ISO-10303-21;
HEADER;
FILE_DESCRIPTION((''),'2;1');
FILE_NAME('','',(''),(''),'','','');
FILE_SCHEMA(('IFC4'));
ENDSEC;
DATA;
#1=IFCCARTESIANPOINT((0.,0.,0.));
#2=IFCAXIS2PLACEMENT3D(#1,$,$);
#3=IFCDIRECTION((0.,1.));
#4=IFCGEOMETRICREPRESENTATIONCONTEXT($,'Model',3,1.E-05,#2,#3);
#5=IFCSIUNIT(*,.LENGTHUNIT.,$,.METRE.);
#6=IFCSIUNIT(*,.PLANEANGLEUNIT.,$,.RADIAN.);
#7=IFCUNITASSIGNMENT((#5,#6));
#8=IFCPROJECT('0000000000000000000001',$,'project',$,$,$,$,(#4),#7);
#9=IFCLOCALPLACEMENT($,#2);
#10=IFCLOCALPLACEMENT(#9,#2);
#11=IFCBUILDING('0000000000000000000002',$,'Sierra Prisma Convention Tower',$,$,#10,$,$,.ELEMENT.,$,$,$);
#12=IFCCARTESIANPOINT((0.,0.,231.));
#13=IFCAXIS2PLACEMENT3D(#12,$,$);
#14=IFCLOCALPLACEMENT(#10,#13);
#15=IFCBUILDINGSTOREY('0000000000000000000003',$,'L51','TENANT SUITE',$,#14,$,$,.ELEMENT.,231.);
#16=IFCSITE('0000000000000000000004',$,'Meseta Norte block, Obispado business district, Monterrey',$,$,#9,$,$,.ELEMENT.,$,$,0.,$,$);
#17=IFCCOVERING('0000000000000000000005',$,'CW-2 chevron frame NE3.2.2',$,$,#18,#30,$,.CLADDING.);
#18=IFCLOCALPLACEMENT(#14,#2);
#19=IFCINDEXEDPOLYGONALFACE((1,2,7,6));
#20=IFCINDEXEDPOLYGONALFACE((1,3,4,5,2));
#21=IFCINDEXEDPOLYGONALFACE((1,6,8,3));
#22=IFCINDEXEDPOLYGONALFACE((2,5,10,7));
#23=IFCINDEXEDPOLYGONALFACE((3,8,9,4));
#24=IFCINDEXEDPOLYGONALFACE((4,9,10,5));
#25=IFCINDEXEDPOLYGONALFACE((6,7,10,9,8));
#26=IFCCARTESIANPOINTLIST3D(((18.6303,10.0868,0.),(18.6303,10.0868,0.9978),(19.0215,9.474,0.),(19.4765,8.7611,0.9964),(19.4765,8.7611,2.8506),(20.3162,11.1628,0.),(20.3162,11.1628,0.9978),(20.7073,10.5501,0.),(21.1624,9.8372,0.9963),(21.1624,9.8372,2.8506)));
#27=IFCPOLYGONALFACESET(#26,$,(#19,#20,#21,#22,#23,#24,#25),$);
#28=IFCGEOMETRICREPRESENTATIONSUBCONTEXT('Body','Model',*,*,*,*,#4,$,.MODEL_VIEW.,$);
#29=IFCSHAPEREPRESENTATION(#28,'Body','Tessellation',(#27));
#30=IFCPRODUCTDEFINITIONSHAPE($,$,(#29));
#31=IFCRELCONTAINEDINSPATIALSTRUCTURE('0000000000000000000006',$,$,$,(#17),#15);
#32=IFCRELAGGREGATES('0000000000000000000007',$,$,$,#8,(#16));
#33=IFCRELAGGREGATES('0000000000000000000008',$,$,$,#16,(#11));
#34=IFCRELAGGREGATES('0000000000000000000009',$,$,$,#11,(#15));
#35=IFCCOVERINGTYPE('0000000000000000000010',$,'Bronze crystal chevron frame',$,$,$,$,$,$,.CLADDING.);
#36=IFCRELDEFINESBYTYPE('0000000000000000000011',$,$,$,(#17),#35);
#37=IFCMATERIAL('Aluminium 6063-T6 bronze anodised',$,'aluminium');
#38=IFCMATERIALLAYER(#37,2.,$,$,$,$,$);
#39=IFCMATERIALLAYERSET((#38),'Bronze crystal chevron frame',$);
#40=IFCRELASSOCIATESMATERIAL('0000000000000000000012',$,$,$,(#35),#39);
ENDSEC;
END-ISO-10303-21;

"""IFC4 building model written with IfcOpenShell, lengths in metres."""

from ifc_helpers import new_model, si_unit, direction, frame, origin, place, context, subcontext, project, spatial, polyline, outline, extrude, material, layer, layer_set, type_object, element, save


model = new_model("IFC4")

# Units and contexts
model_context = context("Model", 3, precision=1e-05, world=origin(), true_north=direction((0.0, 1.0)))
body_context = subcontext(model_context, "Body", "Model", "MODEL_VIEW")
ifc_project = project(units=[si_unit("LENGTHUNIT", "METRE"), si_unit("PLANEANGLEUNIT", "RADIAN")], contexts=[model_context])

# Site, building, storey
site_placement = place(None, origin())
site = spatial("IfcSite", under=ifc_project, at=site_placement, Name="Meseta Norte block, Obispado business district, Monterrey", CompositionType="ELEMENT", RefElevation=0.0)
building_placement = place(site_placement, origin())
building = spatial("IfcBuilding", under=site, at=building_placement, Name="Sierra Prisma Convention Tower", CompositionType="ELEMENT")
storey_placement = place(building_placement, frame((0.0, 0.0, 231.0)))
storey = spatial("IfcBuildingStorey", under=building, at=storey_placement, Name="L51", Description="TENANT SUITE", CompositionType="ELEMENT", Elevation=231.0)

# Covering
ifc_material_1 = material(Name="Aluminium 6063-T6 bronze anodised", Category="aluminium")
ifc_layer_1 = layer(ifc_material_1, 2.0)
ifc_layer_set_1 = layer_set([ifc_layer_1], Name="Bronze crystal chevron frame")
covering_type = type_object("IfcCoveringType", Name="Bronze crystal chevron frame", PredefinedType="CLADDING", material=ifc_layer_set_1)
covering_1_placement = place(storey_placement, frame((20.3162, 11.1628, 0.0), z_axis=(0.842922, 0.538035, -0.000009), x_axis=(0.000008, 0.000005, 1.0)))
element("IfcCovering", 1, at=covering_1_placement, inside=storey, type_object=covering_type, Name="CW-2 chevron frame NE3.2.2", PredefinedType="CLADDING", context=body_context, shape_type="SweptSolid", body=[
    extrude(outline(polyline([(0.0, 0.0), (0.9978, 0.0), (2.8506, 1.5727), (0.9963, 1.5727), (0.0, 0.727), (0.0, 0.0)])), origin(), (0.0, 0.0, -1.0), 2.0),
])

save(model, "model.ifc")
